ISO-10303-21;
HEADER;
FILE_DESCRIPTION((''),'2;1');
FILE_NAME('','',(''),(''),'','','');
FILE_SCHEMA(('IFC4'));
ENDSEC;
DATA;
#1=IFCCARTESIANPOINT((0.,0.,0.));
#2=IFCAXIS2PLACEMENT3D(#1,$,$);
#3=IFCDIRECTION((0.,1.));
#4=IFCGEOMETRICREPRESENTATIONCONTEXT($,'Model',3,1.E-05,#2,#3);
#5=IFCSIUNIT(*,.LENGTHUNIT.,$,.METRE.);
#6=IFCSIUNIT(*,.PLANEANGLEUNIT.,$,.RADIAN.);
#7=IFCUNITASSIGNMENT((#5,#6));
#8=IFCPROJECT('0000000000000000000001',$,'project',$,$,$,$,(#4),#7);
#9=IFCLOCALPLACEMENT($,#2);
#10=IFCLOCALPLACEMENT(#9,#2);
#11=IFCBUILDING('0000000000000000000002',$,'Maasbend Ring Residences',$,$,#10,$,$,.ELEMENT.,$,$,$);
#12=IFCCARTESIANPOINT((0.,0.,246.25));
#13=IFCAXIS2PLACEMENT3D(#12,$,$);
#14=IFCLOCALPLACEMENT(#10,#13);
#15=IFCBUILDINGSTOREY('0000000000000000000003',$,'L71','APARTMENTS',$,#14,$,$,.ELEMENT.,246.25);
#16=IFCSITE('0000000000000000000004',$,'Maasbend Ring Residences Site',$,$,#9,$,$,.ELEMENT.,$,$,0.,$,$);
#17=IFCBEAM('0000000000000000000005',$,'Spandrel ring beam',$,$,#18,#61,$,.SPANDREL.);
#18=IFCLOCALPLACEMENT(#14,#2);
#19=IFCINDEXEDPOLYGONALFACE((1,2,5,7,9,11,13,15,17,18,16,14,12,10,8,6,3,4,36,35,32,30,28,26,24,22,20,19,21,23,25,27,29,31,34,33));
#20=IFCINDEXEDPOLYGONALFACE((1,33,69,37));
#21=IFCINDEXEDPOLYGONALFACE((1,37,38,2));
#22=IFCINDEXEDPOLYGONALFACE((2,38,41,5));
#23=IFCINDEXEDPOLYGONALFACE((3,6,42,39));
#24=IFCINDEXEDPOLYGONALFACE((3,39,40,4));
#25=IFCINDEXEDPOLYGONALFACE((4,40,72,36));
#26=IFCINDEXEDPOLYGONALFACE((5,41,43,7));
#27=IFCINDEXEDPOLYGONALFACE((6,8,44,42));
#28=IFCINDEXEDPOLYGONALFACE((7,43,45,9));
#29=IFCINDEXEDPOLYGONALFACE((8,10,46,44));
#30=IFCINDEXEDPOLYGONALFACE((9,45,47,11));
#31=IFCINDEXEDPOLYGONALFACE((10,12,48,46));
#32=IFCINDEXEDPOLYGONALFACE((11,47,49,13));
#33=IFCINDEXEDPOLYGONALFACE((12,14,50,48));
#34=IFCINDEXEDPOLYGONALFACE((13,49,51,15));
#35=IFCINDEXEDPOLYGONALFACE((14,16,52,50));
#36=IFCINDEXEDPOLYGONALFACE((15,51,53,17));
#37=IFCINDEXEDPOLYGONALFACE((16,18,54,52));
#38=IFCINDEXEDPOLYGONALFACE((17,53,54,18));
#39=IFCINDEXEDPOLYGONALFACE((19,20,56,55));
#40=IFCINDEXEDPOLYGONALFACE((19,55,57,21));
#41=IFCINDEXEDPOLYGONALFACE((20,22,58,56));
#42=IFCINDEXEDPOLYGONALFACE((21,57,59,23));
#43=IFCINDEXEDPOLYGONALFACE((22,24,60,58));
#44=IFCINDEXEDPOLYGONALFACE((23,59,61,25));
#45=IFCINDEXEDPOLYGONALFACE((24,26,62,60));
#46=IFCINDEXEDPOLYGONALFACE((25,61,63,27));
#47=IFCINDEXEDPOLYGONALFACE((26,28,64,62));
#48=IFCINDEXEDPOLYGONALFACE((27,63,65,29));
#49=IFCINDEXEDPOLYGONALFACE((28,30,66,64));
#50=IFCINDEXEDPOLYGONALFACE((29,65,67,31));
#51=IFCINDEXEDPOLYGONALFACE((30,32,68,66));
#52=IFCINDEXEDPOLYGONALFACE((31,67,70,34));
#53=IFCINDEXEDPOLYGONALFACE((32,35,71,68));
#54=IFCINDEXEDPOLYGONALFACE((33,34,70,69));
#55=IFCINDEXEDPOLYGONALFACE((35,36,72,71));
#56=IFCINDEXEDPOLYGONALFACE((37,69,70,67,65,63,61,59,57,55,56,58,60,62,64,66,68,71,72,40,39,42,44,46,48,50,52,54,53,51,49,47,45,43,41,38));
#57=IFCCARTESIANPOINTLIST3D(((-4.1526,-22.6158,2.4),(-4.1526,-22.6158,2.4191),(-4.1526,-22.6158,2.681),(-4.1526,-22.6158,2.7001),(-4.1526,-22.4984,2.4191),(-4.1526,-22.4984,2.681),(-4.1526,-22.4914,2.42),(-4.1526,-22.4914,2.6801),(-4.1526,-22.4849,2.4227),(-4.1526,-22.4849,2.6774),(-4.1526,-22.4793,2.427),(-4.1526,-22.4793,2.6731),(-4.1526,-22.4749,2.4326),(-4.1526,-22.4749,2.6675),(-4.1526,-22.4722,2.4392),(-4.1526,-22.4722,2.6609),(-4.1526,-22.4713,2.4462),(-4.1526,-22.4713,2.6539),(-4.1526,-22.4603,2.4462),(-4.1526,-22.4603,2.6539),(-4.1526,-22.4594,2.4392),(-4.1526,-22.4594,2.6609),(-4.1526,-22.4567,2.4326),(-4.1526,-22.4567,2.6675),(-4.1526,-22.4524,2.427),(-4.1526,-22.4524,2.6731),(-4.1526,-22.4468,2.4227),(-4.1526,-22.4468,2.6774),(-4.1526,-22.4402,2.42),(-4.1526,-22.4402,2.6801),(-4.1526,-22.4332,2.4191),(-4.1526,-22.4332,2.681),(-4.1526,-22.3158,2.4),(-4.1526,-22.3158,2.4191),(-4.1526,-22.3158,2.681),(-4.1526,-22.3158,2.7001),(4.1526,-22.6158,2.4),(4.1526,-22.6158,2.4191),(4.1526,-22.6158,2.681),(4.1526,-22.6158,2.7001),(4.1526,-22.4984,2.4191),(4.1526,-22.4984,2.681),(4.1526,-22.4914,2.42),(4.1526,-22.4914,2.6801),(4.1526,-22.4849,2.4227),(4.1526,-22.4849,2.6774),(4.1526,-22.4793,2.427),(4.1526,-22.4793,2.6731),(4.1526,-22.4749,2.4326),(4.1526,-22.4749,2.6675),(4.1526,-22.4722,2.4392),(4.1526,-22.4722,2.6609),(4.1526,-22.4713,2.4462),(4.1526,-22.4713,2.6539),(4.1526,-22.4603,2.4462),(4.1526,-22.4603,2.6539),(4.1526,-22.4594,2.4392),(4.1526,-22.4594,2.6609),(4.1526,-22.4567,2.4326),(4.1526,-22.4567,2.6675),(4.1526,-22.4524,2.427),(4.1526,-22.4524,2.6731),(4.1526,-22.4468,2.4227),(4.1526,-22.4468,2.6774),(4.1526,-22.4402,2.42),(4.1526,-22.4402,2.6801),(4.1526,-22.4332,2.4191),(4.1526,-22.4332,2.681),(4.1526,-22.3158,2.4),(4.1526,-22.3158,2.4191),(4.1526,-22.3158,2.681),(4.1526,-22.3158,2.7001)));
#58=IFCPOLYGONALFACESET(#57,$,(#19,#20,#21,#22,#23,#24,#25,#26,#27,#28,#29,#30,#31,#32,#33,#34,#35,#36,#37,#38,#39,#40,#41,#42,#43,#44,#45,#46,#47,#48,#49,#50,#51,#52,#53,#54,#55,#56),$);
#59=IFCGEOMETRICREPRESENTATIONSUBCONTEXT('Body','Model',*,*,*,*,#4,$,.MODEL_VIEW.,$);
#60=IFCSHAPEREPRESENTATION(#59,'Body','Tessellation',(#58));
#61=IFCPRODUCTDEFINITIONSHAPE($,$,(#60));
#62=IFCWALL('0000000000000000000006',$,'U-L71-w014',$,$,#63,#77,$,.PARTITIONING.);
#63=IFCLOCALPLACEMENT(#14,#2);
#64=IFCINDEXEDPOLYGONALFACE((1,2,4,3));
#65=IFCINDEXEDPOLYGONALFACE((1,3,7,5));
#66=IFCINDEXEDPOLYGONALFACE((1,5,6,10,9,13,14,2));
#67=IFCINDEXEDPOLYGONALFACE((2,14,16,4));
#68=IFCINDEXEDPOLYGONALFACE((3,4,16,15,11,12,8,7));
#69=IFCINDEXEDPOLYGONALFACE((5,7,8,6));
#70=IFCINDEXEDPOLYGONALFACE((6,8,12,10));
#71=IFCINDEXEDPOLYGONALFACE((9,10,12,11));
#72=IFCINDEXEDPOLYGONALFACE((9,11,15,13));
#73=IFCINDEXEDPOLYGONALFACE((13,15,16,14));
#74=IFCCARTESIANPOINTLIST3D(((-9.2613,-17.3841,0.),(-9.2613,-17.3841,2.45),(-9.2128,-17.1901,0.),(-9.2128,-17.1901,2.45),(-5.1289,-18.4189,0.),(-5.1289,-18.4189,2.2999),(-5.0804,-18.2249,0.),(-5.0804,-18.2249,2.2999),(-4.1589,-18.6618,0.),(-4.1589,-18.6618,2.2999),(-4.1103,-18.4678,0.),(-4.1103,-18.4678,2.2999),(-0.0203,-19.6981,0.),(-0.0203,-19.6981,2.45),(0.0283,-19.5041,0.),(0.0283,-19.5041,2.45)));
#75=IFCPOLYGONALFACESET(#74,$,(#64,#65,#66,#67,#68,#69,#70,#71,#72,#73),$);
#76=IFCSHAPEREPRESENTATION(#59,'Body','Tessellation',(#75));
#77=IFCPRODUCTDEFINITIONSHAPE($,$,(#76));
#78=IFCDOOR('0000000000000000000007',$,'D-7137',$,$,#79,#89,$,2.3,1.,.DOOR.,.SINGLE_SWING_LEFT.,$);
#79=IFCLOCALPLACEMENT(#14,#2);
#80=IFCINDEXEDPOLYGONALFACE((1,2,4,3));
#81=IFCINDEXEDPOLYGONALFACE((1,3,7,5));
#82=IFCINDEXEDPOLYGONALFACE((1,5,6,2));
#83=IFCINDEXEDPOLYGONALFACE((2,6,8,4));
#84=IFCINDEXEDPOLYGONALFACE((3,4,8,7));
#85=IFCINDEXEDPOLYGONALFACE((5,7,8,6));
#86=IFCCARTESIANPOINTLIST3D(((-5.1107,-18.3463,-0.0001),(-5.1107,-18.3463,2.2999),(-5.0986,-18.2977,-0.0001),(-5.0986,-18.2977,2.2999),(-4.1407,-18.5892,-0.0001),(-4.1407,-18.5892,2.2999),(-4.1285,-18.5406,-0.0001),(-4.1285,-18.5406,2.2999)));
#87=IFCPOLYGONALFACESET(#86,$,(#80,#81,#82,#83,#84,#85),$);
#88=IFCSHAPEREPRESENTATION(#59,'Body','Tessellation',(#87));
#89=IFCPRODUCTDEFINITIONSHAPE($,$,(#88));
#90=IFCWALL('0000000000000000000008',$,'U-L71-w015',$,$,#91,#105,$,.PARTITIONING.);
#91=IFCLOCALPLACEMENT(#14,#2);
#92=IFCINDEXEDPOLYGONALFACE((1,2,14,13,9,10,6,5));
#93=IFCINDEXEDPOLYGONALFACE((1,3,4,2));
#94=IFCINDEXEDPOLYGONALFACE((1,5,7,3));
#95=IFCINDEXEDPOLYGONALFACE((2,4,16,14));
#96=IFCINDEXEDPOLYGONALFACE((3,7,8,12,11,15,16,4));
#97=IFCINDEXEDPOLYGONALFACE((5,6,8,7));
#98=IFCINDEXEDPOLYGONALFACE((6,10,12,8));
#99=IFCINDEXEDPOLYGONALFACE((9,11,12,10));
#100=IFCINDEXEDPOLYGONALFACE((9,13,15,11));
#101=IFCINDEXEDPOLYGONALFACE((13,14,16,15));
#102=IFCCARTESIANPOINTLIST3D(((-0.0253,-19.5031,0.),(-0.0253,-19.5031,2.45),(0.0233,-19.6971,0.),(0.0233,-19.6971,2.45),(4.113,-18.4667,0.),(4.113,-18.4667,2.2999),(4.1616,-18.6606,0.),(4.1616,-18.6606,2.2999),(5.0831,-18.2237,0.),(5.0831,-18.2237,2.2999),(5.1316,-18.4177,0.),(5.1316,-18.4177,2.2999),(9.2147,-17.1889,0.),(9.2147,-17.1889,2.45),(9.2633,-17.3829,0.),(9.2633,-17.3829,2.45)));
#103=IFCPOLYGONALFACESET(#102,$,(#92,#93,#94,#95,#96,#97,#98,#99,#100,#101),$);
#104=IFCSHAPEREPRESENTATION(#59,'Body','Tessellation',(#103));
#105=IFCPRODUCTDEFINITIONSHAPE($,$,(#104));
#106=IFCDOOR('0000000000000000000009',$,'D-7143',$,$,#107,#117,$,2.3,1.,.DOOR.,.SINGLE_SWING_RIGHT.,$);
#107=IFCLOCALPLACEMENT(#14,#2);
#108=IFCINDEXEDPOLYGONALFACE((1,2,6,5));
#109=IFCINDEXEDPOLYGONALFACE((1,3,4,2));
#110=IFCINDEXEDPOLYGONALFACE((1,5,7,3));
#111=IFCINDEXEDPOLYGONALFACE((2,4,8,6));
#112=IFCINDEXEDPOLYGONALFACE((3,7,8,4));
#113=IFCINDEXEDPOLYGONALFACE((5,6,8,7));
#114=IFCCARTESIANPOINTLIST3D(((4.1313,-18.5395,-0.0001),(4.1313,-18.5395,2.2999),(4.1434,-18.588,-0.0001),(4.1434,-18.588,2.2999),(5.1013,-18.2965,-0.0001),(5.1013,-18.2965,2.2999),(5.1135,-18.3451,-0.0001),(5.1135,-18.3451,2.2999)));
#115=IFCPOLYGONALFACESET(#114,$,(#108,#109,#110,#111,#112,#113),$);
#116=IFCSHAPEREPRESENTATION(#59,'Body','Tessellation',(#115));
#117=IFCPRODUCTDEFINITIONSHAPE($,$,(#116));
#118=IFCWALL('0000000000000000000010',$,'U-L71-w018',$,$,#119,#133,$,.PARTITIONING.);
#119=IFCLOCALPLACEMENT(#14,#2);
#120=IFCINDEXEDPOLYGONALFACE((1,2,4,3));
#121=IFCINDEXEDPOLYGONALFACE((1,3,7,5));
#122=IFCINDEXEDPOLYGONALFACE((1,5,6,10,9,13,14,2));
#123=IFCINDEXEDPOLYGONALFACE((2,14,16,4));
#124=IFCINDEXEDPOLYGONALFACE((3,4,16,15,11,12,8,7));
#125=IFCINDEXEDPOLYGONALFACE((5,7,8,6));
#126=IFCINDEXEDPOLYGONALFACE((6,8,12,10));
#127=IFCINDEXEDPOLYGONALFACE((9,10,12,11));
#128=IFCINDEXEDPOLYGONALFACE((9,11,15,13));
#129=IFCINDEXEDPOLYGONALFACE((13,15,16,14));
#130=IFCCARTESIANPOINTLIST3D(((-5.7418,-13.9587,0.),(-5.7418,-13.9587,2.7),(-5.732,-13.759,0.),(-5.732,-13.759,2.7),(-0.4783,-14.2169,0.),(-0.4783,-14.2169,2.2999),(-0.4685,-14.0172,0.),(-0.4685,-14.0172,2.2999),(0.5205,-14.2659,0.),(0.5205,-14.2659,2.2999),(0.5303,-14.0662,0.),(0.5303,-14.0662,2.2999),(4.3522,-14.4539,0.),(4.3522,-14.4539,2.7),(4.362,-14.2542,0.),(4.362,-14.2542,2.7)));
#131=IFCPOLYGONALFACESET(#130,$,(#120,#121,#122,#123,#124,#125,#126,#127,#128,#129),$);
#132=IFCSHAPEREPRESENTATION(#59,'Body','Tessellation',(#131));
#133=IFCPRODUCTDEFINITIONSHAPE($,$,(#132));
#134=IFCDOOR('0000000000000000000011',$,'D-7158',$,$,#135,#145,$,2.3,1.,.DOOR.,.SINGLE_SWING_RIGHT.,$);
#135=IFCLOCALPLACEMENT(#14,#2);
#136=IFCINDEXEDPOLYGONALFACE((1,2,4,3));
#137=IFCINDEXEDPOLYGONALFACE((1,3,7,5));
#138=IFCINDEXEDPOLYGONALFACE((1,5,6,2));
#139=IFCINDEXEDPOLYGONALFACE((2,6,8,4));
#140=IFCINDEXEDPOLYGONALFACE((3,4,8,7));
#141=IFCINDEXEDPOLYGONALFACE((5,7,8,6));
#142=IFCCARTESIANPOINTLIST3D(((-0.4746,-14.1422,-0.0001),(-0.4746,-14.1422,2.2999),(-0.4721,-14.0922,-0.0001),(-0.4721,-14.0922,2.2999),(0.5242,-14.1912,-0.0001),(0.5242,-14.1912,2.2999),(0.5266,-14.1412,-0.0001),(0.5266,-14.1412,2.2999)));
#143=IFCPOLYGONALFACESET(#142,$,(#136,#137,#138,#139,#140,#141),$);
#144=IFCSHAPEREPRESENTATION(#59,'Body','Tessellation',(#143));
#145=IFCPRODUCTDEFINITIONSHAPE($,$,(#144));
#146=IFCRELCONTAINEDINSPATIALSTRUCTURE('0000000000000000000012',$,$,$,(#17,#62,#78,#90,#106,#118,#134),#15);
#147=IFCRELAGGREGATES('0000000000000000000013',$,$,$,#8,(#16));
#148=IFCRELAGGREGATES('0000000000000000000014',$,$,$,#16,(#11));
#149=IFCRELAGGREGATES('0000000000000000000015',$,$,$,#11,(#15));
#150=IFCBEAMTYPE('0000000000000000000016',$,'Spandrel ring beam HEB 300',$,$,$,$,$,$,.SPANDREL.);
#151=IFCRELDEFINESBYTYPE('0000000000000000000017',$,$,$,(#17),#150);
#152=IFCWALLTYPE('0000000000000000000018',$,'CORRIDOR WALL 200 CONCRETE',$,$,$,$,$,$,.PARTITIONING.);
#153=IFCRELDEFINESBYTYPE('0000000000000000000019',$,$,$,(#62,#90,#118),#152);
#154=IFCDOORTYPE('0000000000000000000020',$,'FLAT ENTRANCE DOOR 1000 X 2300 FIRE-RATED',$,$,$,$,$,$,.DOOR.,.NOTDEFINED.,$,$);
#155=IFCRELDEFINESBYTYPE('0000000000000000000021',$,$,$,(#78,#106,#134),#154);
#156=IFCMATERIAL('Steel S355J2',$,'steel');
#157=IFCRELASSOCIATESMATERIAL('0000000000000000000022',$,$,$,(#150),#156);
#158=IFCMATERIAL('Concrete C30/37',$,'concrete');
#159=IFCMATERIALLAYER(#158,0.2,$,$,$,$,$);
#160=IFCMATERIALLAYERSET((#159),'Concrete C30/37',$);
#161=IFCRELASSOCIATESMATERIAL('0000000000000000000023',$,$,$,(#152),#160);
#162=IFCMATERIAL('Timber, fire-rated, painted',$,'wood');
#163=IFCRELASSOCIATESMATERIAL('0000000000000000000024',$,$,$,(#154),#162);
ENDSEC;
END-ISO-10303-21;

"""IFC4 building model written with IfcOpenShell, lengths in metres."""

from ifc_helpers import new_model, si_unit, direction, frame, frame_2d, origin, origin_2d, place, context, subcontext, project, spatial, rectangle, i_section, extrude, material, layer, layer_set, material_profile, profile_set, type_object, element, fill, save


model = new_model("IFC4")

# Units and contexts
model_context = context("Model", 3, precision=1e-05, world=origin(), true_north=direction((0.0, 1.0)))
body_context = subcontext(model_context, "Body", "Model", "MODEL_VIEW")
ifc_project = project(units=[si_unit("LENGTHUNIT", "METRE"), si_unit("PLANEANGLEUNIT", "RADIAN")], contexts=[model_context])

# Site, building, storey
site_placement = place(None, origin())
site = spatial("IfcSite", under=ifc_project, at=site_placement, Name="Maasbend Ring Residences Site", CompositionType="ELEMENT", RefElevation=0.0)
building_placement = place(site_placement, origin())
building = spatial("IfcBuilding", under=site, at=building_placement, Name="Maasbend Ring Residences", CompositionType="ELEMENT")
storey_placement = place(building_placement, frame((0.0, 0.0, 246.25)))
storey = spatial("IfcBuildingStorey", under=building, at=storey_placement, Name="L71", Description="APARTMENTS", CompositionType="ELEMENT", Elevation=246.25)

# Beam
ifc_material_1 = material(Name="Steel S355J2", Category="steel")
ifc_material_profile_1 = material_profile(ifc_material_1, i_section(OverallWidth=0.3, OverallDepth=0.3, WebThickness=0.011, FlangeThickness=0.019, FilletRadius=0.0271, at=origin_2d()), Name="HEB 300")
ifc_profile_set_1 = profile_set([ifc_material_profile_1], Name="Steel S355J2")
beam_type_1 = type_object("IfcBeamType", Name="Spandrel ring beam HEB 300", PredefinedType="SPANDREL", material=ifc_profile_set_1)
beam_1_placement = place(storey_placement, frame((-4.1526, -22.4658, 2.55), z_axis=(1.0, 0.0, 0.0), x_axis=(0.0, 1.0, 0.0)))
element("IfcBeam", 1, at=beam_1_placement, inside=storey, type_object=beam_type_1, Name="Spandrel ring beam", PredefinedType="SPANDREL", context=body_context, shape_type="SweptSolid", body=[
    extrude(i_section(OverallWidth=0.3, OverallDepth=0.3, WebThickness=0.011, FlangeThickness=0.019, FilletRadius=0.0271, at=origin_2d()), origin(), (0.0, 0.0, 1.0), 8.3052),
])

# Walls, openings, doors
ifc_material_2 = material(Name="Concrete C30/37", Category="concrete")
ifc_layer_1 = layer(ifc_material_2, 0.2)
ifc_layer_set_1 = layer_set([ifc_layer_1], Name="Concrete C30/37")
wall_type_1 = type_object("IfcWallType", Name="CORRIDOR WALL 200 CONCRETE", PredefinedType="PARTITIONING", material=ifc_layer_set_1)
wall_1_placement = place(storey_placement, frame((-9.2371, -17.2871, 0.0), z_axis=(0.0, 0.0, 1.0), x_axis=(0.97005, -0.242903, 0.0)))
wall_1 = element("IfcWall", 2, at=wall_1_placement, inside=storey, type_object=wall_type_1, Name="U-L71-w014", PredefinedType="PARTITIONING", context=body_context, shape_type="SweptSolid", body=[
    extrude(rectangle(XDim=9.5264, YDim=0.2, at=frame_2d((4.7632, 0.0))), origin(), (0.0, 0.0, 1.0), 2.45),
])
opening_1_placement = place(wall_1_placement, frame((4.26, 0.0, 0.0)))
opening_1 = element("IfcOpeningElement", 3, at=opening_1_placement, cuts=wall_1, PredefinedType="OPENING", context=body_context, shape_type="SweptSolid", body=[
    extrude(rectangle(XDim=1.0, YDim=2.3, at=frame_2d((0.5, 1.1499))), frame((0.0, 0.1099, 0.0), z_axis=(0.0, -1.0, 0.0), x_axis=(1.0, 0.0, 0.0)), (0.0, 0.0, 1.0), 0.22),
])
ifc_material_3 = material(Name="Timber, fire-rated, painted", Category="wood")
door_type_1 = type_object("IfcDoorType", Name="FLAT ENTRANCE DOOR 1000 X 2300 FIRE-RATED", OperationType="NOTDEFINED", PredefinedType="DOOR", material=ifc_material_3)
door_1_placement = place(opening_1_placement, origin())
door_1 = element("IfcDoor", 4, at=door_1_placement, inside=storey, type_object=door_type_1, Name="D-7137", OperationType="SINGLE_SWING_LEFT", OverallHeight=2.3, OverallWidth=1.0, PredefinedType="DOOR", context=body_context, shape_type="SweptSolid", body=[
    extrude(rectangle(XDim=1.0, YDim=2.3, at=frame_2d((0.5, 1.1499))), frame((0.0, 0.0249, 0.0), z_axis=(0.0, -1.0, 0.0), x_axis=(1.0, 0.0, 0.0)), (0.0, 0.0, 1.0), 0.05),
])
fill(opening_1, door_1)
wall_2_placement = place(storey_placement, frame((-0.001, -19.6001, 0.0), z_axis=(0.0, 0.0, 1.0), x_axis=(0.970038, 0.242952, 0.0)))
wall_2 = element("IfcWall", 5, at=wall_2_placement, inside=storey, type_object=wall_type_1, Name="U-L71-w015", PredefinedType="PARTITIONING", context=body_context, shape_type="SweptSolid", body=[
    extrude(rectangle(XDim=9.5254, YDim=0.2, at=frame_2d((4.7627, 0.0))), origin(), (0.0, 0.0, 1.0), 2.45),
])
opening_2_placement = place(wall_2_placement, frame((4.2661, 0.0, 0.0)))
opening_2 = element("IfcOpeningElement", 6, at=opening_2_placement, cuts=wall_2, PredefinedType="OPENING", context=body_context, shape_type="SweptSolid", body=[
    extrude(rectangle(XDim=1.0, YDim=2.3, at=frame_2d((0.5, 1.1499))), frame((0.0, 0.1099, 0.0), z_axis=(0.0, -1.0, 0.0), x_axis=(1.0, 0.0, 0.0)), (0.0, 0.0, 1.0), 0.22),
])
door_2_placement = place(opening_2_placement, origin())
door_2 = element("IfcDoor", 7, at=door_2_placement, inside=storey, type_object=door_type_1, Name="D-7143", OperationType="SINGLE_SWING_RIGHT", OverallHeight=2.3, OverallWidth=1.0, PredefinedType="DOOR", context=body_context, shape_type="SweptSolid", body=[
    extrude(rectangle(XDim=1.0, YDim=2.3, at=frame_2d((0.5, 1.1499))), frame((0.0, 0.0249, 0.0), z_axis=(0.0, -1.0, 0.0), x_axis=(1.0, 0.0, 0.0)), (0.0, 0.0, 1.0), 0.05),
])
fill(opening_2, door_2)
wall_3_placement = place(storey_placement, frame((-5.7371, -13.8589, 0.0), z_axis=(0.0, 0.0, 1.0), x_axis=(0.998799, -0.048992, 0.0)))
wall_3 = element("IfcWall", 8, at=wall_3_placement, inside=storey, type_object=wall_type_1, Name="U-L71-w018", PredefinedType="PARTITIONING", context=body_context, shape_type="SweptSolid", body=[
    extrude(rectangle(XDim=10.1062, YDim=0.2, at=frame_2d((5.0532, 0.0))), origin(), (0.0, 0.0, 1.0), 2.7),
])
opening_3_placement = place(wall_3_placement, frame((5.27, 0.0, 0.0)))
opening_3 = element("IfcOpeningElement", 9, at=opening_3_placement, cuts=wall_3, PredefinedType="OPENING", context=body_context, shape_type="SweptSolid", body=[
    extrude(rectangle(XDim=1.0, YDim=2.3, at=frame_2d((0.5, 1.1499))), frame((0.0, 0.1099, 0.0), z_axis=(0.0, -1.0, 0.0), x_axis=(1.0, 0.0, 0.0)), (0.0, 0.0, 1.0), 0.22),
])
door_3_placement = place(opening_3_placement, origin())
door_3 = element("IfcDoor", 10, at=door_3_placement, inside=storey, type_object=door_type_1, Name="D-7158", OperationType="SINGLE_SWING_RIGHT", OverallHeight=2.3, OverallWidth=1.0, PredefinedType="DOOR", context=body_context, shape_type="SweptSolid", body=[
    extrude(rectangle(XDim=1.0, YDim=2.3, at=frame_2d((0.5, 1.1499))), frame((0.0, 0.0249, 0.0), z_axis=(0.0, -1.0, 0.0), x_axis=(1.0, 0.0, 0.0)), (0.0, 0.0, 1.0), 0.05),
])
fill(opening_3, door_3)

save(model, "model.ifc")
